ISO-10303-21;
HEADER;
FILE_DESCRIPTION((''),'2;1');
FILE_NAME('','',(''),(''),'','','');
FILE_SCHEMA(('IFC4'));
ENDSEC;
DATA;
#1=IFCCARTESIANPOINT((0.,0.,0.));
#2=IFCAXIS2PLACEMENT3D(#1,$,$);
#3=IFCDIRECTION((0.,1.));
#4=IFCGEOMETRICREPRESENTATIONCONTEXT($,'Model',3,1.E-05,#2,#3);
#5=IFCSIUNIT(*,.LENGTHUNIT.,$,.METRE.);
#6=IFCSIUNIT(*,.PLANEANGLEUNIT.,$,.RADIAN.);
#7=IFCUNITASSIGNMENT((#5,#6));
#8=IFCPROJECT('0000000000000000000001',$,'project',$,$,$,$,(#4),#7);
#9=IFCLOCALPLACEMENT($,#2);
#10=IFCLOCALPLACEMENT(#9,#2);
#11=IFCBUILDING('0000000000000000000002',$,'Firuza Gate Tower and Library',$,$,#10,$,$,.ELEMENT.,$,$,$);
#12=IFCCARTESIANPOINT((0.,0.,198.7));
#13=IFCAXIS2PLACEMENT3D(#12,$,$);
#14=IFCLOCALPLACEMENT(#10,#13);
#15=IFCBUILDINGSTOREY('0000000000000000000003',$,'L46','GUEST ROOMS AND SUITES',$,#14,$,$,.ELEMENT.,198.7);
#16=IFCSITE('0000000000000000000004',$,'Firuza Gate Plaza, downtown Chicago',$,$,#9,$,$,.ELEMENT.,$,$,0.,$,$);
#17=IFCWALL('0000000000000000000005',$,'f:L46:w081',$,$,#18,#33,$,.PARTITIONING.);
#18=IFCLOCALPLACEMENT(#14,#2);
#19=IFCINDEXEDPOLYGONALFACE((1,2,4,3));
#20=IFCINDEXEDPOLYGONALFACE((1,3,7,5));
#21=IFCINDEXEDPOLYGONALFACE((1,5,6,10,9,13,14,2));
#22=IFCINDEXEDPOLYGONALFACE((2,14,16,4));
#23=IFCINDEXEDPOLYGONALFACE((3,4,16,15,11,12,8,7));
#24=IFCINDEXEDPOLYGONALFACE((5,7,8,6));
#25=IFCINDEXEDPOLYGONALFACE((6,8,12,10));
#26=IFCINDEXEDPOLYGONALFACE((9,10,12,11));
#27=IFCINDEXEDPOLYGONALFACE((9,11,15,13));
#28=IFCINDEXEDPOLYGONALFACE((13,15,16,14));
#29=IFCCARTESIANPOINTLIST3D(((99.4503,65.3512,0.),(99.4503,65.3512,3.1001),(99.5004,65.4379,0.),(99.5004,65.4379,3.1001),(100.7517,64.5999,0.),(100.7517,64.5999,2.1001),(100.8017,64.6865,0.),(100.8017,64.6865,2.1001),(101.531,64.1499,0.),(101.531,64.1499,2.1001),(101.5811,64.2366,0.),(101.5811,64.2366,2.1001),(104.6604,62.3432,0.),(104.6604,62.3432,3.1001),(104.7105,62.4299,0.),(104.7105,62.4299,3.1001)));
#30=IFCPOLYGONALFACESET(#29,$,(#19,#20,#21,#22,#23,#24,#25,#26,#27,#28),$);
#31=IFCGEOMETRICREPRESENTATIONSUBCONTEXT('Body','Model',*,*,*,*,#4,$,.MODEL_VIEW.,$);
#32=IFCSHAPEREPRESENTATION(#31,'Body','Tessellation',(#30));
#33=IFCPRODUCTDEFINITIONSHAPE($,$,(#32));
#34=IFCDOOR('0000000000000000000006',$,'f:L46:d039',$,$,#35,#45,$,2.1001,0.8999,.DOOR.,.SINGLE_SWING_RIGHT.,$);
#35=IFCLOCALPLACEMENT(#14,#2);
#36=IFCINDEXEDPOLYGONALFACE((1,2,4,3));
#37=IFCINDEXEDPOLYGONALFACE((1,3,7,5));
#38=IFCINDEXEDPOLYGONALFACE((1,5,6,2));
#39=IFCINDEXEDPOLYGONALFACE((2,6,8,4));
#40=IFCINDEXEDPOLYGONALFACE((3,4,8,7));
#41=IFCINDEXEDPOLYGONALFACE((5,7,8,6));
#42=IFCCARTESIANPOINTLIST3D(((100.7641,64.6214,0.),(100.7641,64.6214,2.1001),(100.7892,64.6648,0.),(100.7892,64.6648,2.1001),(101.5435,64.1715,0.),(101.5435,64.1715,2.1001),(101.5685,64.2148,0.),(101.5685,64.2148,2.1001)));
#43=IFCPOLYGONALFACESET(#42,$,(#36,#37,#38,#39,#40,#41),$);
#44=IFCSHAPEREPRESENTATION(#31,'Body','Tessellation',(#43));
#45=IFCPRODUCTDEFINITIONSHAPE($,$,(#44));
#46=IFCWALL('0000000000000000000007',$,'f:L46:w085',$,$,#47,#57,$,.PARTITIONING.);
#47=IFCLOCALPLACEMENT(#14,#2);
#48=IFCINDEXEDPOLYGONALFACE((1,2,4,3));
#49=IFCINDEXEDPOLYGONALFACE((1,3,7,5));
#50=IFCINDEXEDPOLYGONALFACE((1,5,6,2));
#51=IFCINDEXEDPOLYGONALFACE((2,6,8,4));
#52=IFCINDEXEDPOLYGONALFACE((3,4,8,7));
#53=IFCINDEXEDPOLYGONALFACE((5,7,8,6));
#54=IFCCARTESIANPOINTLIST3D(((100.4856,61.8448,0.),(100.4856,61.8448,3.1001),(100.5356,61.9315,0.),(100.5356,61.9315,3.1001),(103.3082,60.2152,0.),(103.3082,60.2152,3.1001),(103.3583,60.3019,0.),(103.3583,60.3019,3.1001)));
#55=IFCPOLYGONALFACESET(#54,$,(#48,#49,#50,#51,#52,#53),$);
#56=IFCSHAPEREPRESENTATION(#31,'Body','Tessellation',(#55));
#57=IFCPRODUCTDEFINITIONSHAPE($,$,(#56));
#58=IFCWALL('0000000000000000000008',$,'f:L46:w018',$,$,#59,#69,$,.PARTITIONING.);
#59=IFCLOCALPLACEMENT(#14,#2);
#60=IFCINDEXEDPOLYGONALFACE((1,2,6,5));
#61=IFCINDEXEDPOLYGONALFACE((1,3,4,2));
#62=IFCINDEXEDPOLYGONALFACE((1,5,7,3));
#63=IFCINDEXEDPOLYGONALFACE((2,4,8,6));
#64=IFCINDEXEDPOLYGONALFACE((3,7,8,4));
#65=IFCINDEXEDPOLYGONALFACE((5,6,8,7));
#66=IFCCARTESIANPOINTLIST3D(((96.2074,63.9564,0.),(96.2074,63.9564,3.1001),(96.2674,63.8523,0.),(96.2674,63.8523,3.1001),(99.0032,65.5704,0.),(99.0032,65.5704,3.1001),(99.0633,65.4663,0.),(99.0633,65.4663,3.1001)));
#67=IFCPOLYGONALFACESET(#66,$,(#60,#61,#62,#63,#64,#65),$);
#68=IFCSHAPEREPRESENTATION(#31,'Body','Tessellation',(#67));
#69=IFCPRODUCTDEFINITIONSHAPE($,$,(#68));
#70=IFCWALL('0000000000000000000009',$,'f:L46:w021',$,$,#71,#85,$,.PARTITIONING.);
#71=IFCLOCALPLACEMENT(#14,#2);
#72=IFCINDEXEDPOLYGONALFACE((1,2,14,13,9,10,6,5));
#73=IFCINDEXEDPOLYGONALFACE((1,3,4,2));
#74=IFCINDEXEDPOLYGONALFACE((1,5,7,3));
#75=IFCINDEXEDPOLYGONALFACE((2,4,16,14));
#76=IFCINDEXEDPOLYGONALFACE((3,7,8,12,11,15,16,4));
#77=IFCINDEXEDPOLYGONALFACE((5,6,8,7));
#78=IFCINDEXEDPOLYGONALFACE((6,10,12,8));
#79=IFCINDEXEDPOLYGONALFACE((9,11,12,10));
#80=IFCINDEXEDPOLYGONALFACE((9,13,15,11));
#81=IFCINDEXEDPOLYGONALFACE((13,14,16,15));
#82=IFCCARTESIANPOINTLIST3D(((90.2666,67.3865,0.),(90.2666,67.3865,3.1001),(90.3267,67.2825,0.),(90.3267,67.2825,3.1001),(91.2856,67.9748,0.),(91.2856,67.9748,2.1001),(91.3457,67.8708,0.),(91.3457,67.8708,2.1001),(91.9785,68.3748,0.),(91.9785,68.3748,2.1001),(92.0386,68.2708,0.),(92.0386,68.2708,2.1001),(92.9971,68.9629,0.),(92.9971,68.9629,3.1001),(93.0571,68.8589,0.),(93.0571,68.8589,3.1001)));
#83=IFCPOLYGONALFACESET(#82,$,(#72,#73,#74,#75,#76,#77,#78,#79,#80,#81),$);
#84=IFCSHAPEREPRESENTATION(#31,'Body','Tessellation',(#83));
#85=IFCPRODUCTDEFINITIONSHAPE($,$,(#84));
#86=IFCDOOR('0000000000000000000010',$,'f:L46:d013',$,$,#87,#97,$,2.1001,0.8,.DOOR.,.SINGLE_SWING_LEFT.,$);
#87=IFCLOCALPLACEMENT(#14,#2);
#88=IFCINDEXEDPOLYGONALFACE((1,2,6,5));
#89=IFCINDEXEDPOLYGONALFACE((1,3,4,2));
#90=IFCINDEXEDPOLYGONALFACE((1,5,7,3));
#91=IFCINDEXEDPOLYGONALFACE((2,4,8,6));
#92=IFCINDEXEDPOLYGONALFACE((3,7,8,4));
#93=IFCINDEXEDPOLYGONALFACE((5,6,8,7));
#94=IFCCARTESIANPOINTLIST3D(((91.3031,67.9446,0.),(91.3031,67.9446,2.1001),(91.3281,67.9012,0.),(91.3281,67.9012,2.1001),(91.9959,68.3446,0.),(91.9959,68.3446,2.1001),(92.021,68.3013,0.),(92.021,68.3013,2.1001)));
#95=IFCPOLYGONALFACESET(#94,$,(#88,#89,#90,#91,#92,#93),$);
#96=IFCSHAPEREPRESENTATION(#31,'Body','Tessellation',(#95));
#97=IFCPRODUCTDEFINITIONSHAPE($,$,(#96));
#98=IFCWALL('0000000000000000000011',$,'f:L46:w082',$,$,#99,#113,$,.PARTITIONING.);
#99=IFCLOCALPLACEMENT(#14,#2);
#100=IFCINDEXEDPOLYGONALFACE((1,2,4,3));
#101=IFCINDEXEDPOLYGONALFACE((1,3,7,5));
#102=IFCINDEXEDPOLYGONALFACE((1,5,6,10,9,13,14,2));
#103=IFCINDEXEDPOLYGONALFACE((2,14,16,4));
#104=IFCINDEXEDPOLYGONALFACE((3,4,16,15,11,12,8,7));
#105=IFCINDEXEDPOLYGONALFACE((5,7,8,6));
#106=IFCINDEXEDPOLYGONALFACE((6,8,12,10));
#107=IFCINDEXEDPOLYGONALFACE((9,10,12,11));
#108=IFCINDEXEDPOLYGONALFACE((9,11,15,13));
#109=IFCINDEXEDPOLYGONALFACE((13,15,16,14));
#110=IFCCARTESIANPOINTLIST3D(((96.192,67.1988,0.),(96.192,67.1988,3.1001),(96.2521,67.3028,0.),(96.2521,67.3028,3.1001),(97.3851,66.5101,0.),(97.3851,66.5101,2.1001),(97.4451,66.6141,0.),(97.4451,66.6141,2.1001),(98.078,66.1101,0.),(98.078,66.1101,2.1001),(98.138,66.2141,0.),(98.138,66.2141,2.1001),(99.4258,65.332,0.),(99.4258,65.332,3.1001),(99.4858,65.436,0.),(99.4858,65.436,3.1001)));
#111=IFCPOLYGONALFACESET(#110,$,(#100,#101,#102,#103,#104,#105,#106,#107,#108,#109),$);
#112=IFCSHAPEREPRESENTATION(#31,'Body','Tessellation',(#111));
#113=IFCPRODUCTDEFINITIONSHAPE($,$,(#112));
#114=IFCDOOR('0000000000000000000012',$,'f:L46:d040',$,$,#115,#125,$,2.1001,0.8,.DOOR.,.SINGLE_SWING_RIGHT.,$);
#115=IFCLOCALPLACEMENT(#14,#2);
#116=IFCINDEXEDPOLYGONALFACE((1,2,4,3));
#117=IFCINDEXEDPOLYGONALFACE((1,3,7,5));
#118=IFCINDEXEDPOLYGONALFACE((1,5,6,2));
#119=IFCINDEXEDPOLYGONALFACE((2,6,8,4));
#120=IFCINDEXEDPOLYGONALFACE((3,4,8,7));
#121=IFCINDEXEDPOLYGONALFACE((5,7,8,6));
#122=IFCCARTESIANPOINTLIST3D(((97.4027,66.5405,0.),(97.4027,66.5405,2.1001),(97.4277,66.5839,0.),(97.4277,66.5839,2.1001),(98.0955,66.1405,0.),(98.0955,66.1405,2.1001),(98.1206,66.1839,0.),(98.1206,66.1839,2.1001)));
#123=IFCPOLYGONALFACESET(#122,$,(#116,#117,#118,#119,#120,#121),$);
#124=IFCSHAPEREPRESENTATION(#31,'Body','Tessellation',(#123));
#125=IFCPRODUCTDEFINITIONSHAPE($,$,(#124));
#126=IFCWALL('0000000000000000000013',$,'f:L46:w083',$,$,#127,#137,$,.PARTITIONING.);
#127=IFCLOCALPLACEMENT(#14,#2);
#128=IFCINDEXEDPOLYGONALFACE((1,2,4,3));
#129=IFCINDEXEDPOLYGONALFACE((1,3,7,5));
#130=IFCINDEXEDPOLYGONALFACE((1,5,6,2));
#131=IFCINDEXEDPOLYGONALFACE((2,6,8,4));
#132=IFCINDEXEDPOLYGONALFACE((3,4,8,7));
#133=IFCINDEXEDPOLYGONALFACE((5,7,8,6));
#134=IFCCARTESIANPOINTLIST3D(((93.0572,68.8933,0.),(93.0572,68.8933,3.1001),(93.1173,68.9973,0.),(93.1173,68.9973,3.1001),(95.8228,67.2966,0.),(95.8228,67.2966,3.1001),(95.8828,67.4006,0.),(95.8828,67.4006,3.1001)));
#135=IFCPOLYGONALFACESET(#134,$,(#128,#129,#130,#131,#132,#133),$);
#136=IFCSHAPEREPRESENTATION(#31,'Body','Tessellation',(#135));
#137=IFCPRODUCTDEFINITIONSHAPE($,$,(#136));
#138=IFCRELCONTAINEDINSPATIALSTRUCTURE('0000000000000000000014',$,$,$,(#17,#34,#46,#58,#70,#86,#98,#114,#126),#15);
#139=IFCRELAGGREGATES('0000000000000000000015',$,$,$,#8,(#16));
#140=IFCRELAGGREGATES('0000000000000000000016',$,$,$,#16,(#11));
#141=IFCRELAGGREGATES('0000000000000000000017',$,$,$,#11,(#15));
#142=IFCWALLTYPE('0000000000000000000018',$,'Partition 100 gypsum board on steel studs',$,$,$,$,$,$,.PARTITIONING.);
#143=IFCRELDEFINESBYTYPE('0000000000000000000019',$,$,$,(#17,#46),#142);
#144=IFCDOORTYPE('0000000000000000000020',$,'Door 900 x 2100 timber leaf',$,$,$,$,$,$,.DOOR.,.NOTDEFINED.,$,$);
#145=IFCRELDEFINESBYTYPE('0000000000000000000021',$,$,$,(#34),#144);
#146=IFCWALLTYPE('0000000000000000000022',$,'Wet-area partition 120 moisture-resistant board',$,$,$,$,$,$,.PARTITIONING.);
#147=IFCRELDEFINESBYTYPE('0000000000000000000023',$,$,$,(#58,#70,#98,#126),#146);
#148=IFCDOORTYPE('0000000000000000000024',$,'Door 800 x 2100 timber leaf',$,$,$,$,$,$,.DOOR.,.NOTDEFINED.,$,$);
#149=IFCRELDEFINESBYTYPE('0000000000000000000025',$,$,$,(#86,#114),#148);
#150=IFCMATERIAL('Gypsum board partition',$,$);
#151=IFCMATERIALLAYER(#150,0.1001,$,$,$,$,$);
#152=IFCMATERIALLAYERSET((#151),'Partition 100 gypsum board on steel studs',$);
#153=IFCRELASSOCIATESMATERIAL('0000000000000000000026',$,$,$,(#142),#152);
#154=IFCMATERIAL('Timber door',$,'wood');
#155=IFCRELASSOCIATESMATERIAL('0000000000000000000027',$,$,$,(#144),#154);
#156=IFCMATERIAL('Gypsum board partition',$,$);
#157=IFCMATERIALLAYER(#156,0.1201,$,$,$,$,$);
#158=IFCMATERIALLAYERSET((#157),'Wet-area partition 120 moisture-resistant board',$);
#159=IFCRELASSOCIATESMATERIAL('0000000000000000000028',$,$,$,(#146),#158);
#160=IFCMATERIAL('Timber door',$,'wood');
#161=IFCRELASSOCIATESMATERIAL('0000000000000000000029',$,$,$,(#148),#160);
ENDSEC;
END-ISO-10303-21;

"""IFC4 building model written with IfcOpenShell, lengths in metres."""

from ifc_helpers import new_model, si_unit, direction, frame, frame_2d, origin, place, context, subcontext, project, spatial, rectangle, extrude, material, layer, layer_set, type_object, element, fill, save


model = new_model("IFC4")

# Units and contexts
model_context = context("Model", 3, precision=1e-05, world=origin(), true_north=direction((0.0, 1.0)))
body_context = subcontext(model_context, "Body", "Model", "MODEL_VIEW")
ifc_project = project(units=[si_unit("LENGTHUNIT", "METRE"), si_unit("PLANEANGLEUNIT", "RADIAN")], contexts=[model_context])

# Site, building, storey
site_placement = place(None, origin())
site = spatial("IfcSite", under=ifc_project, at=site_placement, Name="Firuza Gate Plaza, downtown Chicago", CompositionType="ELEMENT", RefElevation=0.0)
building_placement = place(site_placement, origin())
building = spatial("IfcBuilding", under=site, at=building_placement, Name="Firuza Gate Tower and Library", CompositionType="ELEMENT")
storey_placement = place(building_placement, frame((0.0, 0.0, 198.7)))
storey = spatial("IfcBuildingStorey", under=building, at=storey_placement, Name="L46", Description="GUEST ROOMS AND SUITES", CompositionType="ELEMENT", Elevation=198.7)

# Wall, opening, door
ifc_material_1 = material(Name="Gypsum board partition")
ifc_layer_1 = layer(ifc_material_1, 0.1001)
ifc_layer_set_1 = layer_set([ifc_layer_1], Name="Partition 100 gypsum board on steel studs")
wall_type_1 = type_object("IfcWallType", Name="Partition 100 gypsum board on steel studs", PredefinedType="PARTITIONING", material=ifc_layer_set_1)
wall_1_placement = place(storey_placement, frame((99.4753, 65.3945, 0.0), z_axis=(0.0, 0.0, 1.0), x_axis=(0.866029, -0.499993, 0.0)))
wall_1 = element("IfcWall", 1, at=wall_1_placement, inside=storey, type_object=wall_type_1, Name="f:L46:w081", PredefinedType="PARTITIONING", context=body_context, shape_type="SweptSolid", body=[
    extrude(rectangle(XDim=6.0161, YDim=0.1001, at=frame_2d((3.0081, 0.0))), origin(), (0.0, 0.0, 1.0), 3.1001),
])
opening_1_placement = place(wall_1_placement, frame((1.5027, 0.0, 0.0)))
opening_1 = element("IfcOpeningElement", 2, at=opening_1_placement, cuts=wall_1, PredefinedType="OPENING", context=body_context, shape_type="SweptSolid", body=[
    extrude(rectangle(XDim=0.8999, YDim=2.1001, at=frame_2d((0.45, 1.05))), frame((0.0, 0.0601, 0.0), z_axis=(0.0, -1.0, 0.0), x_axis=(1.0, 0.0, 0.0)), (0.0, 0.0, 1.0), 0.1201),
])
ifc_material_2 = material(Name="Timber door", Category="wood")
door_type_1 = type_object("IfcDoorType", Name="Door 900 x 2100 timber leaf", OperationType="NOTDEFINED", PredefinedType="DOOR", material=ifc_material_2)
door_1_placement = place(opening_1_placement, origin())
door_1 = element("IfcDoor", 3, at=door_1_placement, inside=storey, type_object=door_type_1, Name="f:L46:d039", OperationType="SINGLE_SWING_RIGHT", OverallHeight=2.1001, OverallWidth=0.8999, PredefinedType="DOOR", context=body_context, shape_type="SweptSolid", body=[
    extrude(rectangle(XDim=0.8999, YDim=2.1001, at=frame_2d((0.45, 1.05))), frame((0.0, 0.0249, 0.0), z_axis=(0.0, -1.0, 0.0), x_axis=(1.0, 0.0, 0.0)), (0.0, 0.0, 1.0), 0.05),
])
fill(opening_1, door_1)

# Walls
wall_2_placement = place(storey_placement, frame((103.3333, 60.2585, 0.0), z_axis=(0.0, 0.0, 1.0), x_axis=(-0.866036, 0.499982, 0.0)))
element("IfcWall", 4, at=wall_2_placement, inside=storey, type_object=wall_type_1, Name="f:L46:w085", PredefinedType="PARTITIONING", context=body_context, shape_type="SweptSolid", body=[
    extrude(rectangle(XDim=3.2593, YDim=0.1001, at=frame_2d((1.6296, 0.0))), origin(), (0.0, 0.0, 1.0), 3.1001),
])
ifc_material_3 = material(Name="Gypsum board partition")
ifc_layer_2 = layer(ifc_material_3, 0.1201)
ifc_layer_set_2 = layer_set([ifc_layer_2], Name="Wet-area partition 120 moisture-resistant board")
wall_type_2 = type_object("IfcWallType", Name="Wet-area partition 120 moisture-resistant board", PredefinedType="PARTITIONING", material=ifc_layer_set_2)
wall_3_placement = place(storey_placement, frame((96.2373, 63.9043, 0.0), z_axis=(0.0, 0.0, 1.0), x_axis=(0.866052, 0.499954, 0.0)))
element("IfcWall", 5, at=wall_3_placement, inside=storey, type_object=wall_type_2, Name="f:L46:w018", PredefinedType="PARTITIONING", context=body_context, shape_type="SweptSolid", body=[
    extrude(rectangle(XDim=3.2283, YDim=0.1201, at=frame_2d((1.6143, 0.0))), origin(), (0.0, 0.0, 1.0), 3.1001),
])

# Walls, openings, doors
wall_4_placement = place(storey_placement, frame((93.0271, 68.9109, 0.0), z_axis=(0.0, 0.0, 1.0), x_axis=(-0.866028, -0.499995, 0.0)))
wall_4 = element("IfcWall", 6, at=wall_4_placement, inside=storey, type_object=wall_type_2, Name="f:L46:w021", PredefinedType="PARTITIONING", context=body_context, shape_type="SweptSolid", body=[
    extrude(rectangle(XDim=3.1528, YDim=0.1201, at=frame_2d((1.5764, 0.0))), origin(), (0.0, 0.0, 1.0), 3.1001),
])
opening_2_placement = place(wall_4_placement, frame((1.1763, 0.0, 0.0)))
opening_2 = element("IfcOpeningElement", 7, at=opening_2_placement, cuts=wall_4, PredefinedType="OPENING", context=body_context, shape_type="SweptSolid", body=[
    extrude(rectangle(XDim=0.8, YDim=2.1001, at=frame_2d((0.3999, 1.05))), frame((0.0, 0.0701, 0.0), z_axis=(0.0, -1.0, 0.0), x_axis=(1.0, 0.0, 0.0)), (0.0, 0.0, 1.0), 0.1401),
])
ifc_material_4 = material(Name="Timber door", Category="wood")
door_type_2 = type_object("IfcDoorType", Name="Door 800 x 2100 timber leaf", OperationType="NOTDEFINED", PredefinedType="DOOR", material=ifc_material_4)
door_2_placement = place(opening_2_placement, origin())
door_2 = element("IfcDoor", 8, at=door_2_placement, inside=storey, type_object=door_type_2, Name="f:L46:d013", OperationType="SINGLE_SWING_LEFT", OverallHeight=2.1001, OverallWidth=0.8, PredefinedType="DOOR", context=body_context, shape_type="SweptSolid", body=[
    extrude(rectangle(XDim=0.8, YDim=2.1001, at=frame_2d((0.3999, 1.05))), frame((0.0, 0.0249, 0.0), z_axis=(0.0, -1.0, 0.0), x_axis=(1.0, 0.0, 0.0)), (0.0, 0.0, 1.0), 0.05),
])
fill(opening_2, door_2)
wall_5_placement = place(storey_placement, frame((99.4558, 65.384, 0.0), z_axis=(0.0, 0.0, 1.0), x_axis=(-0.866054, 0.499951, 0.0)))
wall_5 = element("IfcWall", 9, at=wall_5_placement, inside=storey, type_object=wall_type_2, Name="f:L46:w082", PredefinedType="PARTITIONING", context=body_context, shape_type="SweptSolid", body=[
    extrude(rectangle(XDim=3.7339, YDim=0.1201, at=frame_2d((1.8669, 0.0))), origin(), (0.0, 0.0, 1.0), 3.1001),
])
opening_3_placement = place(wall_5_placement, frame((1.5564, 0.0, 0.0)))
opening_3 = element("IfcOpeningElement", 10, at=opening_3_placement, cuts=wall_5, PredefinedType="OPENING", context=body_context, shape_type="SweptSolid", body=[
    extrude(rectangle(XDim=0.8, YDim=2.1001, at=frame_2d((0.3999, 1.05))), frame((0.0, 0.0701, 0.0), z_axis=(0.0, -1.0, 0.0), x_axis=(1.0, 0.0, 0.0)), (0.0, 0.0, 1.0), 0.1401),
])
door_3_placement = place(opening_3_placement, origin())
door_3 = element("IfcDoor", 11, at=door_3_placement, inside=storey, type_object=door_type_2, Name="f:L46:d040", OperationType="SINGLE_SWING_RIGHT", OverallHeight=2.1001, OverallWidth=0.8, PredefinedType="DOOR", context=body_context, shape_type="SweptSolid", body=[
    extrude(rectangle(XDim=0.8, YDim=2.1001, at=frame_2d((0.3999, 1.05))), frame((0.0, 0.0249, 0.0), z_axis=(0.0, -1.0, 0.0), x_axis=(1.0, 0.0, 0.0)), (0.0, 0.0, 1.0), 0.05),
])
fill(opening_3, door_3)

# Wall
wall_6_placement = place(storey_placement, frame((95.8528, 67.3486, 0.0), z_axis=(0.0, 0.0, 1.0), x_axis=(-0.866033, 0.499987, 0.0)))
element("IfcWall", 12, at=wall_6_placement, inside=storey, type_object=wall_type_2, Name="f:L46:w083", PredefinedType="PARTITIONING", context=body_context, shape_type="SweptSolid", body=[
    extrude(rectangle(XDim=3.1934, YDim=0.1201, at=frame_2d((1.5967, 0.0))), origin(), (0.0, 0.0, 1.0), 3.1001),
])

save(model, "model.ifc")
